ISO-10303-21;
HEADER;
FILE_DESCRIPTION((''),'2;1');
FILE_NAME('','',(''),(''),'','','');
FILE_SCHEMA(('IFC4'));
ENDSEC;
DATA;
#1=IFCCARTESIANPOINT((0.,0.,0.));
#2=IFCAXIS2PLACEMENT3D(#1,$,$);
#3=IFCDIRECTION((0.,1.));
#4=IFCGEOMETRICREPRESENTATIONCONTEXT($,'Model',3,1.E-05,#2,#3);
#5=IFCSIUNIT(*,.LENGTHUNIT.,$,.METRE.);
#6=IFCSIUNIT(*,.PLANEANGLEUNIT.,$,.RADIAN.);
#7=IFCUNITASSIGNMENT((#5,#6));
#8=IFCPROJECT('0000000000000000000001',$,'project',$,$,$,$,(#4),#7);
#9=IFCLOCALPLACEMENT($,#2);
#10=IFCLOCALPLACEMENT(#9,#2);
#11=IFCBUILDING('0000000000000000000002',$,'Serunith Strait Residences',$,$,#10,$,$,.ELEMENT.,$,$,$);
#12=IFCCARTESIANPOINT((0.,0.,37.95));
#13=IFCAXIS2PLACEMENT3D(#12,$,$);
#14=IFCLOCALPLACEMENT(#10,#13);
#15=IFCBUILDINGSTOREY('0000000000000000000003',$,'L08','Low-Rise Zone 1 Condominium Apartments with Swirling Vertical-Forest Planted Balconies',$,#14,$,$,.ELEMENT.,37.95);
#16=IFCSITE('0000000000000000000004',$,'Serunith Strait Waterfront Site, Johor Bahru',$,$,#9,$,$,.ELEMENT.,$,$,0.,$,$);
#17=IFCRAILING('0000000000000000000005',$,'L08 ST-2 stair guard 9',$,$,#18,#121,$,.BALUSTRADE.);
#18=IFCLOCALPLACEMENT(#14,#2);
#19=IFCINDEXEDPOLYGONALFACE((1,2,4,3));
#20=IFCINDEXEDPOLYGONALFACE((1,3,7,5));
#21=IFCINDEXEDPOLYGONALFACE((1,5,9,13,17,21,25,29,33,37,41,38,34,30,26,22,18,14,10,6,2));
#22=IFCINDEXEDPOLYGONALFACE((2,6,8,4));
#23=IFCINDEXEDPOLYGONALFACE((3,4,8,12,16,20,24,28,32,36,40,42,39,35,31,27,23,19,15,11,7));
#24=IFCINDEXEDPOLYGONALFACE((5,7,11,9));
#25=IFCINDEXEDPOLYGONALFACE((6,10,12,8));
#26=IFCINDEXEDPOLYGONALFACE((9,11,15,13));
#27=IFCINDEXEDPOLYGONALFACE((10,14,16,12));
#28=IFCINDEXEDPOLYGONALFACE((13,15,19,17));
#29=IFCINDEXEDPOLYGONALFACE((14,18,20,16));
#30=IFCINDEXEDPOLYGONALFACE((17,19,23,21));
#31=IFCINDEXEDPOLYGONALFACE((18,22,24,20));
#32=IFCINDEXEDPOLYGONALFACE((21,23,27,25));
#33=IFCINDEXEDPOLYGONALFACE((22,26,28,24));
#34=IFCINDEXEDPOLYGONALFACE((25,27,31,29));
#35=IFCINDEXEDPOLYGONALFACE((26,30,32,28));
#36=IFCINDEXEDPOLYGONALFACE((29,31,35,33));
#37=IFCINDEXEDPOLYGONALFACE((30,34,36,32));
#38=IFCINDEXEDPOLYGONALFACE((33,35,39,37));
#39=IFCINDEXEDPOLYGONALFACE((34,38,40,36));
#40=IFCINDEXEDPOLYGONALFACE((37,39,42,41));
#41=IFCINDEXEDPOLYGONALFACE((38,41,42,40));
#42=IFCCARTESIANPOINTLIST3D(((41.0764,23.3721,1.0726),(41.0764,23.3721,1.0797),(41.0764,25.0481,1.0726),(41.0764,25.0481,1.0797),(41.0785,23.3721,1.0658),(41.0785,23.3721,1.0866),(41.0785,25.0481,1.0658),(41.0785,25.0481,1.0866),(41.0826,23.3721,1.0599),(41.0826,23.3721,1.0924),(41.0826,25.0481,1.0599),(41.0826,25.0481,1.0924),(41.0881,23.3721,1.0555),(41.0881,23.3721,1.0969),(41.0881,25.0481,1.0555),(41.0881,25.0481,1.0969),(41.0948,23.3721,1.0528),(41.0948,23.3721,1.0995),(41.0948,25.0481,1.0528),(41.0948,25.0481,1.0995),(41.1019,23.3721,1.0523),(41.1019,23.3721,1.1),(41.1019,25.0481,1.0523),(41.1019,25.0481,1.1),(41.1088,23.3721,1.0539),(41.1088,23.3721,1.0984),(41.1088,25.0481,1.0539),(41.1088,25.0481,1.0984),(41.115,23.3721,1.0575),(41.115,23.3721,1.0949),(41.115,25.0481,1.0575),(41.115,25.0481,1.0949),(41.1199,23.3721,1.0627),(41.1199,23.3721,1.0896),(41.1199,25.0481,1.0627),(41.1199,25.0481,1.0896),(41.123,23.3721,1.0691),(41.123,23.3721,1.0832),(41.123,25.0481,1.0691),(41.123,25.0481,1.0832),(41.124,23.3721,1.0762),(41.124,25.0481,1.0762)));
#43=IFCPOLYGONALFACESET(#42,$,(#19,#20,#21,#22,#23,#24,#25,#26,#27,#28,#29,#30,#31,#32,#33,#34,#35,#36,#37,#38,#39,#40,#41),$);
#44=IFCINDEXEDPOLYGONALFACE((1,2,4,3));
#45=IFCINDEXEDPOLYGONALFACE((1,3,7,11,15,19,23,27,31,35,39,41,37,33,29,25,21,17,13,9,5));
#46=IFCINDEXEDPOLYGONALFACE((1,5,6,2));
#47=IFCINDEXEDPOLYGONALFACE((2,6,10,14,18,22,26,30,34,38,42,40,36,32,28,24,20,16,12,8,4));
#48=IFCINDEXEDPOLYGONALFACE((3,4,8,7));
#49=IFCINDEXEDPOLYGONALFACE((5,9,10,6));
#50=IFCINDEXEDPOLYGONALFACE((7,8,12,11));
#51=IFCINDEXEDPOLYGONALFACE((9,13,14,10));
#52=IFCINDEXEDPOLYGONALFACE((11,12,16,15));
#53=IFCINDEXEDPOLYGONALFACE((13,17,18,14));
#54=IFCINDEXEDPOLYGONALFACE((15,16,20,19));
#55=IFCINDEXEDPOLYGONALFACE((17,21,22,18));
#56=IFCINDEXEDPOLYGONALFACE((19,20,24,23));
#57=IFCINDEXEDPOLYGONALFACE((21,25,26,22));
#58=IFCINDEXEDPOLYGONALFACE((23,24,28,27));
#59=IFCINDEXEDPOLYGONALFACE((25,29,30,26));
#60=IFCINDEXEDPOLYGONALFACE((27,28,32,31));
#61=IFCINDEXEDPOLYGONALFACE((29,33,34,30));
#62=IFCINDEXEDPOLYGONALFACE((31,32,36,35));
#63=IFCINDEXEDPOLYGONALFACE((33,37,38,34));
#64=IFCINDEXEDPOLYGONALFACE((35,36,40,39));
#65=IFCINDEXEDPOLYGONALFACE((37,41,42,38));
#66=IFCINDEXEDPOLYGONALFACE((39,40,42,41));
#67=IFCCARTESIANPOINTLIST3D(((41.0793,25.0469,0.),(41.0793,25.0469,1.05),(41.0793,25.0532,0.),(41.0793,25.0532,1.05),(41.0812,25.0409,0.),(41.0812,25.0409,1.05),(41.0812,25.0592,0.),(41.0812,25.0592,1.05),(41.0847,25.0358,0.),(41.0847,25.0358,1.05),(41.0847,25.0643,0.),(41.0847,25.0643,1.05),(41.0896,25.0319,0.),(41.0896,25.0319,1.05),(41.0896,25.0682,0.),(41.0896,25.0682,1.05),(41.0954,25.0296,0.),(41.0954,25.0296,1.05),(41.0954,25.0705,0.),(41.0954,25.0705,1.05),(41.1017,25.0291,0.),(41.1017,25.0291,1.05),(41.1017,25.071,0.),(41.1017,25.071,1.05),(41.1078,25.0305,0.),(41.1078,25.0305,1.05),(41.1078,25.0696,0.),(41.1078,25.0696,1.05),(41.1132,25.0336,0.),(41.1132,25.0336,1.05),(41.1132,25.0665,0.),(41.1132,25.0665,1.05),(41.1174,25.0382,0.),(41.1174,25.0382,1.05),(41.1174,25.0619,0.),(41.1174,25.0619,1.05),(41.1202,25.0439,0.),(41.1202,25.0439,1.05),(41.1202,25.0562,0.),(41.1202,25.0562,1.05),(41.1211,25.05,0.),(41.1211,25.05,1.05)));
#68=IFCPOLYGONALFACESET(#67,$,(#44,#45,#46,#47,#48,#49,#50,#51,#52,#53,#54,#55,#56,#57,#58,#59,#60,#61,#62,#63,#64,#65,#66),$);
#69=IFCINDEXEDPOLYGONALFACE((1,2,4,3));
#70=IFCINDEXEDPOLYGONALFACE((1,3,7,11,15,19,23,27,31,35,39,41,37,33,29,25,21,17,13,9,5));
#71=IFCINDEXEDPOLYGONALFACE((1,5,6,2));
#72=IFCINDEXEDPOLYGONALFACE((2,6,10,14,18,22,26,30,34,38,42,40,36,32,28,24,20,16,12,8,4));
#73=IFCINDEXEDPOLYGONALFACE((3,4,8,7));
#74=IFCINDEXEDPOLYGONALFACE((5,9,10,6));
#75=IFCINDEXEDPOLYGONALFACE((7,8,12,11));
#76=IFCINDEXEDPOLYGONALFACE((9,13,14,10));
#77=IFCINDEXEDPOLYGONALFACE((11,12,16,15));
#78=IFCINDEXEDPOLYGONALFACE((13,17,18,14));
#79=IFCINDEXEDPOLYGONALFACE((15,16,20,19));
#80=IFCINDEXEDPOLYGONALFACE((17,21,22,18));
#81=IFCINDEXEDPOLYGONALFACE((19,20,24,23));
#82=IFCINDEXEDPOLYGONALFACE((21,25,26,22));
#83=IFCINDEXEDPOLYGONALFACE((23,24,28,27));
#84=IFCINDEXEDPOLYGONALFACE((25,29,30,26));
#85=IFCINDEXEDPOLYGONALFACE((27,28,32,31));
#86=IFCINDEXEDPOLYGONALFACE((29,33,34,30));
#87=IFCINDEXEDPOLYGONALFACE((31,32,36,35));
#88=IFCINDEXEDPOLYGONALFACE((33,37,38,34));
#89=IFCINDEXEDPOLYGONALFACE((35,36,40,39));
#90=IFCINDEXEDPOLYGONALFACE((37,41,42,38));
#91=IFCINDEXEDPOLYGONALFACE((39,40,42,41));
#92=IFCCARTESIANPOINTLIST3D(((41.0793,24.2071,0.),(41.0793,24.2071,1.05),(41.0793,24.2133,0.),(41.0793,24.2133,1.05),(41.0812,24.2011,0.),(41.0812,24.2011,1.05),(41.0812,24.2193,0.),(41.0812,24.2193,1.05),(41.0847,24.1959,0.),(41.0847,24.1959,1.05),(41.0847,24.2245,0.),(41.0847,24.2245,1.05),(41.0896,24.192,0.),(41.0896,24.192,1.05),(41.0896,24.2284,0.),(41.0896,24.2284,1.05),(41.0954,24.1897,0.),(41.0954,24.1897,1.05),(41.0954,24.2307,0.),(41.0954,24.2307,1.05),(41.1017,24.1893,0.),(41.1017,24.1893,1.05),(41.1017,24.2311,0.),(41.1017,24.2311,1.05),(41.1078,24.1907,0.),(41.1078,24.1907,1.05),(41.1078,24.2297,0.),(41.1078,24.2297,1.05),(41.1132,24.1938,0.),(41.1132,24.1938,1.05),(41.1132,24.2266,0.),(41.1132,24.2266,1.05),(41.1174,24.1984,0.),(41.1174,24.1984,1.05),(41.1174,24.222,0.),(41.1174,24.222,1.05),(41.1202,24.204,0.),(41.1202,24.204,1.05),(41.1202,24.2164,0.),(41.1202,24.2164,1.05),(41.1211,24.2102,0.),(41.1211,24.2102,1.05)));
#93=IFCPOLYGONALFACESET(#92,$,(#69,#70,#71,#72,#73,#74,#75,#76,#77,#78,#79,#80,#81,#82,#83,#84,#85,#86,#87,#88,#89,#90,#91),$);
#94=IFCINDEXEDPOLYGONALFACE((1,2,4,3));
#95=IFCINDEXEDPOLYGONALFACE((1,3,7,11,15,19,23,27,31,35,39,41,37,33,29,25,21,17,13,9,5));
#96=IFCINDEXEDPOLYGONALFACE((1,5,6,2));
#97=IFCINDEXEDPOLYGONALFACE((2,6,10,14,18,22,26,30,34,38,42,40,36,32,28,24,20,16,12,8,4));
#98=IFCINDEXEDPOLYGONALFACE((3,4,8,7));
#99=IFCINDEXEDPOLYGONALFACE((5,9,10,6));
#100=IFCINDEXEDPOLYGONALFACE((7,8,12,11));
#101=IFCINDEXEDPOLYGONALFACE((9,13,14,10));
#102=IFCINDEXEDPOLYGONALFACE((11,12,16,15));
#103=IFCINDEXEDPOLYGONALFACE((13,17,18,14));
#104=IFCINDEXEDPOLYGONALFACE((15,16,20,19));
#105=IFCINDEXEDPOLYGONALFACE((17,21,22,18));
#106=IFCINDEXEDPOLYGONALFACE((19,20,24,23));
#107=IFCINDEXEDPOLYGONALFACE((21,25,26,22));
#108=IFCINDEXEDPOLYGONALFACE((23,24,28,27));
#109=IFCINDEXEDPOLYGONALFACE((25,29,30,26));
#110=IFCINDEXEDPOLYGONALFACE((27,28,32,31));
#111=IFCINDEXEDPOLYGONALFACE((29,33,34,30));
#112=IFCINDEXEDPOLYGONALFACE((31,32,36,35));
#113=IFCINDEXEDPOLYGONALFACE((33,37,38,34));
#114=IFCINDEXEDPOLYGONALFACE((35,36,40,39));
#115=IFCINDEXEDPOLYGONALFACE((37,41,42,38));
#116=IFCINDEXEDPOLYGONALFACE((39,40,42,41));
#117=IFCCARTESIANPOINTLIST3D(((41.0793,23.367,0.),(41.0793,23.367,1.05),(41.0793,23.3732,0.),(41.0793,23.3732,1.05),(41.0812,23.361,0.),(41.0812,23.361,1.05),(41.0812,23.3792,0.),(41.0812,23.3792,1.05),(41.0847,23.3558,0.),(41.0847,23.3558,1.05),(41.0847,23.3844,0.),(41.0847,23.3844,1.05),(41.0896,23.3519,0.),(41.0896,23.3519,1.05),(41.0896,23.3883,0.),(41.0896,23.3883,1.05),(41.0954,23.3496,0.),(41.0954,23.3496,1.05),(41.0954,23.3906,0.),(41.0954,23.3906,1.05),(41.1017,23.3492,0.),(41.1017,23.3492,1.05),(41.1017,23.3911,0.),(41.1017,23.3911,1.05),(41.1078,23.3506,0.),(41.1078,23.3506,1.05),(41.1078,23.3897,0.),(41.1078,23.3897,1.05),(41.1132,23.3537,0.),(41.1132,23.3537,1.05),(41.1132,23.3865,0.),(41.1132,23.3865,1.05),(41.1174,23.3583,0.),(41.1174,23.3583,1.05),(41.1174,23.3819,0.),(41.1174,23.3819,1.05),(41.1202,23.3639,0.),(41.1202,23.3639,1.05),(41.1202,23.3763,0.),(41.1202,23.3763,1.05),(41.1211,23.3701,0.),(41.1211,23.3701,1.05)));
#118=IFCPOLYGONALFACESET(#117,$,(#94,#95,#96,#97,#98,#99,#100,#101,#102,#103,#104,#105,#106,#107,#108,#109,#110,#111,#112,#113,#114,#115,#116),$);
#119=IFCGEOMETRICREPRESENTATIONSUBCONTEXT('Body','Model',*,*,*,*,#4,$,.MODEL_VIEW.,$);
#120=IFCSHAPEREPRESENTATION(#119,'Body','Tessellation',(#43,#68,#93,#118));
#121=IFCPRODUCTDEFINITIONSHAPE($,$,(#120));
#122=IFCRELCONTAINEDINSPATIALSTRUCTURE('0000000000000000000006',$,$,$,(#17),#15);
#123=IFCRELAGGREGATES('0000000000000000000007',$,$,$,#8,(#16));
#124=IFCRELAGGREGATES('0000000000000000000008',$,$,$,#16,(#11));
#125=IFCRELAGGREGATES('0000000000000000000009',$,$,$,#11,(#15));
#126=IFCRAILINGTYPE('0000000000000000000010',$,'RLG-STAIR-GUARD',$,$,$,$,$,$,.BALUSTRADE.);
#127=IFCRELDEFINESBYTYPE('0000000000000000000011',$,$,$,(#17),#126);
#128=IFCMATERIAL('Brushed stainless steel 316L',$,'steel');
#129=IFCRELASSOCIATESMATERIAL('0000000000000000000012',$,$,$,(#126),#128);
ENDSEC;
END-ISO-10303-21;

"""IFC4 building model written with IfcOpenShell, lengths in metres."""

from ifc_helpers import new_model, si_unit, direction, frame, origin, origin_2d, place, context, subcontext, project, spatial, circle, extrude, material, type_object, element, save


model = new_model("IFC4")

# Units and contexts
model_context = context("Model", 3, precision=1e-05, world=origin(), true_north=direction((0.0, 1.0)))
body_context = subcontext(model_context, "Body", "Model", "MODEL_VIEW")
ifc_project = project(units=[si_unit("LENGTHUNIT", "METRE"), si_unit("PLANEANGLEUNIT", "RADIAN")], contexts=[model_context])

# Site, building, storey
site_placement = place(None, origin())
site = spatial("IfcSite", under=ifc_project, at=site_placement, Name="Serunith Strait Waterfront Site, Johor Bahru", CompositionType="ELEMENT", RefElevation=0.0)
building_placement = place(site_placement, origin())
building = spatial("IfcBuilding", under=site, at=building_placement, Name="Serunith Strait Residences", CompositionType="ELEMENT")
storey_placement = place(building_placement, frame((0.0, 0.0, 37.95)))
storey = spatial("IfcBuildingStorey", under=building, at=storey_placement, Name="L08", Description="Low-Rise Zone 1 Condominium Apartments with Swirling Vertical-Forest Planted Balconies", CompositionType="ELEMENT", Elevation=37.95)

# Railing
ifc_material_1 = material(Name="Brushed stainless steel 316L", Category="steel")
railing_type = type_object("IfcRailingType", Name="RLG-STAIR-GUARD", PredefinedType="BALUSTRADE", material=ifc_material_1)
for number, where, name in (
    (1, (41.1001, 25.05, 0.0), "L08 ST-2 stair guard 9"),
):
    element("IfcRailing", number, at=place(storey_placement, frame(where)), inside=storey, type_object=railing_type, Name=name, PredefinedType="BALUSTRADE", context=body_context, shape_type="SweptSolid", body=[
        extrude(circle(Radius=0.0239, at=origin_2d()), frame((0.0, -0.002, 1.0762), z_axis=(0.0, -1.0, 0.0), x_axis=(1.0, 0.0, 0.0)), (0.0, 0.0, 1.0), 1.676),
        extrude(circle(Radius=0.021, at=origin_2d()), origin(), (0.0, 0.0, 1.0), 1.05),
        extrude(circle(Radius=0.021, at=origin_2d()), frame((0.0, -0.8398, 0.0)), (0.0, 0.0, 1.0), 1.05),
        extrude(circle(Radius=0.021, at=origin_2d()), frame((0.0, -1.6799, 0.0)), (0.0, 0.0, 1.0), 1.05),
    ])

save(model, "model.ifc")
